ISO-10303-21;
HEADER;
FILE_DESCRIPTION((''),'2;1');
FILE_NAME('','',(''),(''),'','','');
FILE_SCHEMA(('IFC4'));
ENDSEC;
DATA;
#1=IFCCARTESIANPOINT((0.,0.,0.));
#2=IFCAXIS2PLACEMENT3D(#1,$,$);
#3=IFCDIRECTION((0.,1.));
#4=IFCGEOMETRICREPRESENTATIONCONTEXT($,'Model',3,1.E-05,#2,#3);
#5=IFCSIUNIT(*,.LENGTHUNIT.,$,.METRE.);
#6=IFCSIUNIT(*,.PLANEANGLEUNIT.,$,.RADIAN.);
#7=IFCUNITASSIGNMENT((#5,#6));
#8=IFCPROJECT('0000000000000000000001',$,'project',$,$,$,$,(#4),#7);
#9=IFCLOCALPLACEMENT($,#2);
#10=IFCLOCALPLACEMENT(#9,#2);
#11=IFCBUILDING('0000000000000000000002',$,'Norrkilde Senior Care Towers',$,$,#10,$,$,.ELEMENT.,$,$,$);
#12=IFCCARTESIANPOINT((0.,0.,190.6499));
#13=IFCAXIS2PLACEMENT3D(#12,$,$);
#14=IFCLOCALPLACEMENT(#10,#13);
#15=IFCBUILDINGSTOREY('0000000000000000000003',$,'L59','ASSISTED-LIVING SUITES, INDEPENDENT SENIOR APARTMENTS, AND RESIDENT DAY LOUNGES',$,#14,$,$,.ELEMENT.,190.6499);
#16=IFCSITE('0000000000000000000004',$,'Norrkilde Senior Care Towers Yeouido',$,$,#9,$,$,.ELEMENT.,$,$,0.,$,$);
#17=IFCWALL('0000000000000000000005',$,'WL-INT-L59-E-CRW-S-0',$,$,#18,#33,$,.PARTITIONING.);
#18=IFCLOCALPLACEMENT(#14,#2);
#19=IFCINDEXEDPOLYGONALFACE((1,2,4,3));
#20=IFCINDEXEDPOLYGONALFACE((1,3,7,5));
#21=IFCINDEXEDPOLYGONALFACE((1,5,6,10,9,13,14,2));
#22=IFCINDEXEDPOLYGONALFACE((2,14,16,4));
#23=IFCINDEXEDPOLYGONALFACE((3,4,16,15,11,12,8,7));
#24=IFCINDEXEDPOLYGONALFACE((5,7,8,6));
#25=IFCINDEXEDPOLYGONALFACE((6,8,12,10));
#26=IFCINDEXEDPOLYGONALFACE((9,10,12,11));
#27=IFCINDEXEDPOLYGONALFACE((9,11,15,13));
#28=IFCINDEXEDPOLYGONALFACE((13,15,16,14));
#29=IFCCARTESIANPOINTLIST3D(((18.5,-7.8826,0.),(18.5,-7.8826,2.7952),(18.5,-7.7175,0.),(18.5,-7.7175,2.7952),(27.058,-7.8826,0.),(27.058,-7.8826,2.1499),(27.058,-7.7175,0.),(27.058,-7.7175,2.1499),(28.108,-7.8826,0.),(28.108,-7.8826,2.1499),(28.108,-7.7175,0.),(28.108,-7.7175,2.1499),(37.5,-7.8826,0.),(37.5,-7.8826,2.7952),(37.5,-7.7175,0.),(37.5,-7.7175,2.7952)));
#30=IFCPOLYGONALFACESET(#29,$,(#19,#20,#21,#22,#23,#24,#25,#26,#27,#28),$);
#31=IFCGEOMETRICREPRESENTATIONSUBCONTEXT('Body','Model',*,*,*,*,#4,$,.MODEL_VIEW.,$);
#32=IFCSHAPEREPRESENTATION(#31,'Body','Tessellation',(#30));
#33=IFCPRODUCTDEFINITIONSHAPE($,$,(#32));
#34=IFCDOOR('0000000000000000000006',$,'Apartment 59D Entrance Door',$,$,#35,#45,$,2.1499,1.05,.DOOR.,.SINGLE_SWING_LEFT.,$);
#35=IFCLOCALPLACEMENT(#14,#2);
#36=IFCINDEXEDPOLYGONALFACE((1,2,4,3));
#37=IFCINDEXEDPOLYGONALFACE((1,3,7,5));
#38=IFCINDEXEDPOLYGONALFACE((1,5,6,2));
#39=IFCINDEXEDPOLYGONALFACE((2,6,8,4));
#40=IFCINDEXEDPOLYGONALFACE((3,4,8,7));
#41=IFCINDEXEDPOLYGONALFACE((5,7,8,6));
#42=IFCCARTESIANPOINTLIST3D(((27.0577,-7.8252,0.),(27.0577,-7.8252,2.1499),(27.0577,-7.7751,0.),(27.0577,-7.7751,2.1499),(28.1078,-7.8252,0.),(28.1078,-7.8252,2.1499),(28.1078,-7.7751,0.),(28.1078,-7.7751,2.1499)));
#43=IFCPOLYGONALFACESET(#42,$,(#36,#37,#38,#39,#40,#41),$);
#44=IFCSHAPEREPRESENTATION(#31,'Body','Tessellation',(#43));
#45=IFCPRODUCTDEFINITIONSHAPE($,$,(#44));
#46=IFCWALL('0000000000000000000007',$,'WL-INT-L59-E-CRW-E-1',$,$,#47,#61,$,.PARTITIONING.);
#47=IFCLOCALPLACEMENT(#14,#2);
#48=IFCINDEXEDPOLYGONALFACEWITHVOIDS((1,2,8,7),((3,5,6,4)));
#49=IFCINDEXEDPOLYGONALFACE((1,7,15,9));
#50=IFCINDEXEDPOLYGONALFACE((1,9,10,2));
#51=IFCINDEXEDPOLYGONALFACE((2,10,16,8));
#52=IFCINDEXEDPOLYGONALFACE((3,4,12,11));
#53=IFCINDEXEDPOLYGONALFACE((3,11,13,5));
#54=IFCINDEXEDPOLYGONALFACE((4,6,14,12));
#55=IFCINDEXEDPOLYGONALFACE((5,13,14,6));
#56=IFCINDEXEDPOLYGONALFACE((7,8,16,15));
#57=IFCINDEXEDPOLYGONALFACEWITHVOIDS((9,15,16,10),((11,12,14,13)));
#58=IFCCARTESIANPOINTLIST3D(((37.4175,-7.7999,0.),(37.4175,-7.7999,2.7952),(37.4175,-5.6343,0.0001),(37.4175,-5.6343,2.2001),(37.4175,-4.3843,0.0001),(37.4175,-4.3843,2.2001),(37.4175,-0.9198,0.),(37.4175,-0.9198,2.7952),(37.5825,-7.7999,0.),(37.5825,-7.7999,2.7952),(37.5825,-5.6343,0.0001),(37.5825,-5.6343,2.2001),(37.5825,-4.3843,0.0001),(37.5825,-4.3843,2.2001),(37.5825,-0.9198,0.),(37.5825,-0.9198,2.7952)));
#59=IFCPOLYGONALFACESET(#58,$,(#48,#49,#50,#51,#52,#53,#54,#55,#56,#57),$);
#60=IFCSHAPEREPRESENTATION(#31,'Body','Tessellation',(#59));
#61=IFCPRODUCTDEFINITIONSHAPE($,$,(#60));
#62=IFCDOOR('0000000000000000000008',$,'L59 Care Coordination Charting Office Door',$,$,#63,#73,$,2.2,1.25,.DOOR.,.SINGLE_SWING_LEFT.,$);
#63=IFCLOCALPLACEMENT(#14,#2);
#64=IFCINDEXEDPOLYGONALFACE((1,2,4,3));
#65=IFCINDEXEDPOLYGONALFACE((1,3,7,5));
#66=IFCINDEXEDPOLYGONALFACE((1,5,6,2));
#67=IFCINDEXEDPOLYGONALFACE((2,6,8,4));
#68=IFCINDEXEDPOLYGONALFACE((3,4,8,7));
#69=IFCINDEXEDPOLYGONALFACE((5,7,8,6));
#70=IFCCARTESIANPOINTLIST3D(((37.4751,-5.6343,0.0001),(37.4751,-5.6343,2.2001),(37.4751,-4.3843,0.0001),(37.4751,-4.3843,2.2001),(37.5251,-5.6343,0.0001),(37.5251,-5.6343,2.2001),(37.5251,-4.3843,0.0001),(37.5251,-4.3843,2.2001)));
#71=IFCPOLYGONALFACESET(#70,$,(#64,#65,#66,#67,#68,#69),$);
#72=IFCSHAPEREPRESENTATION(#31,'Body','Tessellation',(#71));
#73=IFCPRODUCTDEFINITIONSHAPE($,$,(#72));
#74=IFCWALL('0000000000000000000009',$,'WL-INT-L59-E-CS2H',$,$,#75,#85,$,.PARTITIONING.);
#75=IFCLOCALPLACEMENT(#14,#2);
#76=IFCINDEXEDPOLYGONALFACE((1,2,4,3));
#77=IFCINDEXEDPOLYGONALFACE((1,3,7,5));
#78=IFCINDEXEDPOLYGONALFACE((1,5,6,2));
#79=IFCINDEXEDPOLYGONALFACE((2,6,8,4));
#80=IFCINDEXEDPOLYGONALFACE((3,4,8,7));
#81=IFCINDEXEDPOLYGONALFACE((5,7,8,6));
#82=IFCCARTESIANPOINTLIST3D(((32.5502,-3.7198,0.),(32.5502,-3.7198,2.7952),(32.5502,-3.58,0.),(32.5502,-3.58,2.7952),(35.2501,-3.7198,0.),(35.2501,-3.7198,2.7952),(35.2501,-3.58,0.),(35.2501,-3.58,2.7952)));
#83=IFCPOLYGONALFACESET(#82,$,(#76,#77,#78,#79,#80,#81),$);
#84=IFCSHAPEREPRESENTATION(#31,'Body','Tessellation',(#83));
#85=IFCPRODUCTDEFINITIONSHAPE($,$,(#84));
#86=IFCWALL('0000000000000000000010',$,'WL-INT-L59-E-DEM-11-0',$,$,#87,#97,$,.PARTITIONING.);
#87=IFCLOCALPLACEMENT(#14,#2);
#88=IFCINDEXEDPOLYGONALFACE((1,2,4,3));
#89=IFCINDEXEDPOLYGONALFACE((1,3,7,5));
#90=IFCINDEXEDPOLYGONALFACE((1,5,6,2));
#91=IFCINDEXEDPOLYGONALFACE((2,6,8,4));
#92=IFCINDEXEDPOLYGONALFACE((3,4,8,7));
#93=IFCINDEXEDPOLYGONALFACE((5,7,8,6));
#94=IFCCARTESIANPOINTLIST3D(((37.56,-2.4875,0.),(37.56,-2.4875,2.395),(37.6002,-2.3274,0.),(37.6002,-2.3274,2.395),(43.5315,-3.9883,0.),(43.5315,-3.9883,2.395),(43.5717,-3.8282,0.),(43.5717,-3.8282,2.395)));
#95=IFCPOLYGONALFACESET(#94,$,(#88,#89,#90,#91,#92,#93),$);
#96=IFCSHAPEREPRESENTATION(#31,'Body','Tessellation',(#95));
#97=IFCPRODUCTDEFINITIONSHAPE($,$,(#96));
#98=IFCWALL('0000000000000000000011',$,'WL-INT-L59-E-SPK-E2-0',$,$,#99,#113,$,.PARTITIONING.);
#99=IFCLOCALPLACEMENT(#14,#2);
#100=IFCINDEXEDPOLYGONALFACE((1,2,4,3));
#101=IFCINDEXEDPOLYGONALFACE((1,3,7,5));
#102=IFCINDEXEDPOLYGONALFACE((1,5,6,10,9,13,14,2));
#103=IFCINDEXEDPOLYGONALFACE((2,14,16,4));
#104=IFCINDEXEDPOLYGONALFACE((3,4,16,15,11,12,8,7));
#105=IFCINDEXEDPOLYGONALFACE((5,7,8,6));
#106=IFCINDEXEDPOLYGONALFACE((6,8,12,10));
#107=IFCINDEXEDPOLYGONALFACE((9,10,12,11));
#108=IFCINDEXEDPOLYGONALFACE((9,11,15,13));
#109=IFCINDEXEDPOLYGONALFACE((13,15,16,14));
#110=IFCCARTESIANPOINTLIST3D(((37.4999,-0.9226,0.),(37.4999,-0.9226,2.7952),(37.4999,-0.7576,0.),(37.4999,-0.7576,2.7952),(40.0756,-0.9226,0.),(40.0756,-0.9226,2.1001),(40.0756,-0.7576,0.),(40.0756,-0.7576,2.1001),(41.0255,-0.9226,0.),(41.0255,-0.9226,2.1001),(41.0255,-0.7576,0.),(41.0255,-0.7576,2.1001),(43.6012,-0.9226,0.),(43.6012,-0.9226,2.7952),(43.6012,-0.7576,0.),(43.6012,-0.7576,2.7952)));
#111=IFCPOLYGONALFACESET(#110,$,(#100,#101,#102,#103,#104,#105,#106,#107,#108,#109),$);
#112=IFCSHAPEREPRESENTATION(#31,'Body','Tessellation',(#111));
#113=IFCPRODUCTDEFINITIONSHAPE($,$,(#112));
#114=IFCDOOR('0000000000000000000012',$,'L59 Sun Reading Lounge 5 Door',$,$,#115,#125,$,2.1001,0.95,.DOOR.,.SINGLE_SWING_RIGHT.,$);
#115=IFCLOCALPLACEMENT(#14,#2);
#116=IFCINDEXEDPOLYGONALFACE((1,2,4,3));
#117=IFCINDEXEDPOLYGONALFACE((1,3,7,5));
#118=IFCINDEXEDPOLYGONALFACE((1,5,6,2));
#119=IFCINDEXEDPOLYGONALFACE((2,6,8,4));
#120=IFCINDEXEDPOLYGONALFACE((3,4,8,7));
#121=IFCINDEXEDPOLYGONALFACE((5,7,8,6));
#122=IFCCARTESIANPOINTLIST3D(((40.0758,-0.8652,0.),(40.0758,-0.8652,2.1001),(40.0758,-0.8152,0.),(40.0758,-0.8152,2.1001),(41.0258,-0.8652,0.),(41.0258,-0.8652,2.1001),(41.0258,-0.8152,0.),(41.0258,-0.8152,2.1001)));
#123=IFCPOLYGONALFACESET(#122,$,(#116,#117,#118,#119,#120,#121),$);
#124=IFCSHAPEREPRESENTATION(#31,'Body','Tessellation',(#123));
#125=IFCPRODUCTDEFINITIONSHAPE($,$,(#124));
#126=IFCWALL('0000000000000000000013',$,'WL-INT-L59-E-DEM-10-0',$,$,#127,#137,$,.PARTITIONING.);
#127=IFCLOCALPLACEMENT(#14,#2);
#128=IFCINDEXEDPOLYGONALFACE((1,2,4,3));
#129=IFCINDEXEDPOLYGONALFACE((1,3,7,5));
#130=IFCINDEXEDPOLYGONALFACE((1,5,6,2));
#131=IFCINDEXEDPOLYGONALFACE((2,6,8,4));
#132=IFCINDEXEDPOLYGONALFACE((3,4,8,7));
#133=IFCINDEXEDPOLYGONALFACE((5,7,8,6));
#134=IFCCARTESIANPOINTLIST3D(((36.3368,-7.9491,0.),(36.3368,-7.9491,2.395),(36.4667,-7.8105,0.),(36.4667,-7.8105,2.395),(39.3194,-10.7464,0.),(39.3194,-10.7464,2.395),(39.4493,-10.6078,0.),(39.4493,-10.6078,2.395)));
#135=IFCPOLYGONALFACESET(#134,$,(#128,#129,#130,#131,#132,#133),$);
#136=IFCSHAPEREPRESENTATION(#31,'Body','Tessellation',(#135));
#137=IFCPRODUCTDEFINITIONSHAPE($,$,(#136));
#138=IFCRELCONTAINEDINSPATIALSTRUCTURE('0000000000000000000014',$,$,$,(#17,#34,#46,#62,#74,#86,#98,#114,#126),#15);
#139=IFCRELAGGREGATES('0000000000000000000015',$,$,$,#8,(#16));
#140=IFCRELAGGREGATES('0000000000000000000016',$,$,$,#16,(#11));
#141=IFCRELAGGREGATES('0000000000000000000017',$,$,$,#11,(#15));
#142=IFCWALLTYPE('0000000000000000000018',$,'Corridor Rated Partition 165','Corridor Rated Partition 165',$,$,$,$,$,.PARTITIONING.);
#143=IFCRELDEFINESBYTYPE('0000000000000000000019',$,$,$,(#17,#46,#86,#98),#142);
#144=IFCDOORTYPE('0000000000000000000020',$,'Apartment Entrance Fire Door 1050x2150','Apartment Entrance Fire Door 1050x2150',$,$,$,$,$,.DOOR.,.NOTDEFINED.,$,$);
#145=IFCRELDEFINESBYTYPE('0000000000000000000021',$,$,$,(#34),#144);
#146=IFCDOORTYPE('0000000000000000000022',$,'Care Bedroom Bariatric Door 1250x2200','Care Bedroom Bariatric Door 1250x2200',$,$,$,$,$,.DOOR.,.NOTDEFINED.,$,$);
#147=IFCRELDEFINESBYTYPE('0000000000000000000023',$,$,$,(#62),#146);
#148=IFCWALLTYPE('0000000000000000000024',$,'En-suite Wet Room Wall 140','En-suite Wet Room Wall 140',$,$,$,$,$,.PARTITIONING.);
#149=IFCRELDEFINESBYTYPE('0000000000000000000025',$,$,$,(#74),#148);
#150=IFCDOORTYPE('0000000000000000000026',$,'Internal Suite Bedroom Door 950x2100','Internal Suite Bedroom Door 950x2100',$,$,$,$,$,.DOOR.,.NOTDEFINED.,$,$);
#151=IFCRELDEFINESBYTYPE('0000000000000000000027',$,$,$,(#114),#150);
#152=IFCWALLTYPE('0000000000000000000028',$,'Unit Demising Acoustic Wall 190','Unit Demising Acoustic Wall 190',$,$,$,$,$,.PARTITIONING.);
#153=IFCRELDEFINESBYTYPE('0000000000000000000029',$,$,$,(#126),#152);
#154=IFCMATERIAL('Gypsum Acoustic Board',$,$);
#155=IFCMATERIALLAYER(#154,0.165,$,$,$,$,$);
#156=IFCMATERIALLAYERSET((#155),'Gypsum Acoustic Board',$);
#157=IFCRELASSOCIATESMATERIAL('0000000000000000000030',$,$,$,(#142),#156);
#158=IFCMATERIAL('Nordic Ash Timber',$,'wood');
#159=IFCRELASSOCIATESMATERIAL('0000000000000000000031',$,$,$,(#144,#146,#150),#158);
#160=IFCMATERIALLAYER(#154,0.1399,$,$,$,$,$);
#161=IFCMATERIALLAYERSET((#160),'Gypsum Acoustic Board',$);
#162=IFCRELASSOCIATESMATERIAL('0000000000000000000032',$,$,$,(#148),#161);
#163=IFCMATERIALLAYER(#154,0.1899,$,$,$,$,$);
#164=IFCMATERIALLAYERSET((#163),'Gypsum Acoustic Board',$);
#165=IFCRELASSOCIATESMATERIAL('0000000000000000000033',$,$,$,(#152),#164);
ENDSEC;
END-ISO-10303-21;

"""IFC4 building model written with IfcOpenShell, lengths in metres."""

from ifc_helpers import new_model, si_unit, direction, frame, frame_2d, origin, place, context, subcontext, project, spatial, rectangle, extrude, source, transform, mapped, material, layer, layer_set, type_object, type_shapes, element, fill, save


model = new_model("IFC4")

# Units and contexts
model_context = context("Model", 3, precision=1e-05, world=origin(), true_north=direction((0.0, 1.0)))
body_context = subcontext(model_context, "Body", "Model", "MODEL_VIEW")
ifc_project = project(units=[si_unit("LENGTHUNIT", "METRE"), si_unit("PLANEANGLEUNIT", "RADIAN")], contexts=[model_context])

# Site, building, storey
site_placement = place(None, origin())
site = spatial("IfcSite", under=ifc_project, at=site_placement, Name="Norrkilde Senior Care Towers Yeouido", CompositionType="ELEMENT", RefElevation=0.0)
building_placement = place(site_placement, origin())
building = spatial("IfcBuilding", under=site, at=building_placement, Name="Norrkilde Senior Care Towers", CompositionType="ELEMENT")
storey_placement = place(building_placement, frame((0.0, 0.0, 190.6499)))
storey = spatial("IfcBuildingStorey", under=building, at=storey_placement, Name="L59", Description="ASSISTED-LIVING SUITES, INDEPENDENT SENIOR APARTMENTS, AND RESIDENT DAY LOUNGES", CompositionType="ELEMENT", Elevation=190.6499)

# Walls, openings, doors
ifc_material_1 = material(Name="Gypsum Acoustic Board")
ifc_layer_1 = layer(ifc_material_1, 0.165)
ifc_layer_set_1 = layer_set([ifc_layer_1], Name="Gypsum Acoustic Board")
wall_type_1 = type_object("IfcWallType", Name="Corridor Rated Partition 165", Description="Corridor Rated Partition 165", PredefinedType="PARTITIONING", material=ifc_layer_set_1)
shared_shape_1 = source(origin(), body_context, "Body", "SweptSolid", [
    extrude(rectangle(XDim=19.0, YDim=0.165, at=frame_2d((9.5, 0.0))), origin(), (0.0, 0.0, 1.0), 2.7952),
])
wall_1_placement = place(storey_placement, frame((37.5, -7.8, 0.0), z_axis=(0.0, 0.0, 1.0), x_axis=(-1.0, 0.0, 0.0)))
wall_1 = element("IfcWall", 1, at=wall_1_placement, inside=storey, type_object=wall_type_1, Name="WL-INT-L59-E-CRW-S-0", PredefinedType="PARTITIONING", context=body_context, shape_type="MappedRepresentation", body=[
    mapped(shared_shape_1, transform((0.0, 0.0, 0.0), x_axis=(1.0, 0.0, 0.0), y_axis=(0.0, 1.0, 0.0), z_axis=(0.0, 0.0, 1.0), scale=1.0)),
])
opening_1_placement = place(wall_1_placement, frame((9.3921, 0.0, 0.0)))
opening_1 = element("IfcOpeningElement", 2, at=opening_1_placement, cuts=wall_1, PredefinedType="OPENING", context=body_context, shape_type="SweptSolid", body=[
    extrude(rectangle(XDim=1.05, YDim=2.1499, at=frame_2d((0.5249, 1.075))), frame((0.0, 0.0925, 0.0), z_axis=(0.0, -1.0, 0.0), x_axis=(1.0, 0.0, 0.0)), (0.0, 0.0, 1.0), 0.1851),
])
ifc_material_2 = material(Name="Nordic Ash Timber", Category="wood")
door_type_1 = type_object("IfcDoorType", Name="Apartment Entrance Fire Door 1050x2150", Description="Apartment Entrance Fire Door 1050x2150", OperationType="NOTDEFINED", PredefinedType="DOOR", material=ifc_material_2)
shared_shape_2 = source(origin(), body_context, "Body", "SweptSolid", [
    extrude(rectangle(XDim=1.05, YDim=2.1499, at=frame_2d((0.5249, 1.075))), frame((0.0, 0.0249, 0.0), z_axis=(0.0, -1.0, 0.0), x_axis=(1.0, 0.0, 0.0)), (0.0, 0.0, 1.0), 0.05),
])
type_shapes(door_type_1, [shared_shape_2])
door_1_placement = place(opening_1_placement, frame((1.05, 0.0, 0.0), z_axis=(0.0, 0.0, 1.0), x_axis=(-1.0, 0.0, 0.0)))
door_1 = element("IfcDoor", 3, at=door_1_placement, inside=storey, type_object=door_type_1, Name="Apartment 59D Entrance Door", OperationType="SINGLE_SWING_LEFT", OverallHeight=2.1499, OverallWidth=1.05, PredefinedType="DOOR", context=body_context, shape_type="MappedRepresentation", body=[
    mapped(shared_shape_2, transform((0.0, 0.0, 0.0), x_axis=(1.0, 0.0, 0.0), y_axis=(0.0, 1.0, 0.0), z_axis=(0.0, 0.0, 1.0), scale=1.0)),
])
fill(opening_1, door_1)
shared_shape_3 = source(origin(), body_context, "Body", "SweptSolid", [
    extrude(rectangle(XDim=6.8801, YDim=0.165, at=frame_2d((3.4399, 0.0))), origin(), (0.0, 0.0, 1.0), 2.7952),
])
wall_2_placement = place(storey_placement, frame((37.5, -0.9199, 0.0), z_axis=(0.0, 0.0, 1.0), x_axis=(0.0, -1.0, 0.0)))
wall_2 = element("IfcWall", 4, at=wall_2_placement, inside=storey, type_object=wall_type_1, Name="WL-INT-L59-E-CRW-E-1", PredefinedType="PARTITIONING", context=body_context, shape_type="MappedRepresentation", body=[
    mapped(shared_shape_3, transform((0.0, 0.0, 0.0), x_axis=(1.0, 0.0, 0.0), y_axis=(0.0, 1.0, 0.0), z_axis=(0.0, 0.0, 1.0), scale=1.0)),
])
opening_2_placement = place(wall_2_placement, frame((3.4644, 0.0, 0.0)))
opening_2 = element("IfcOpeningElement", 5, at=opening_2_placement, cuts=wall_2, PredefinedType="OPENING", context=body_context, shape_type="SweptSolid", body=[
    extrude(rectangle(XDim=1.25, YDim=2.2, at=frame_2d((0.625, 1.1001))), frame((0.0, 0.0925, 0.0), z_axis=(0.0, -1.0, 0.0), x_axis=(1.0, 0.0, 0.0)), (0.0, 0.0, 1.0), 0.1851),
])
door_type_2 = type_object("IfcDoorType", Name="Care Bedroom Bariatric Door 1250x2200", Description="Care Bedroom Bariatric Door 1250x2200", OperationType="NOTDEFINED", PredefinedType="DOOR", material=ifc_material_2)
shared_shape_4 = source(origin(), body_context, "Body", "SweptSolid", [
    extrude(rectangle(XDim=1.25, YDim=2.2, at=frame_2d((0.625, 1.1001))), frame((0.0, 0.0249, 0.0), z_axis=(0.0, -1.0, 0.0), x_axis=(1.0, 0.0, 0.0)), (0.0, 0.0, 1.0), 0.05),
])
type_shapes(door_type_2, [shared_shape_4])
door_2_placement = place(opening_2_placement, frame((1.25, 0.0, 0.0), z_axis=(0.0, 0.0, 1.0), x_axis=(-1.0, 0.0, 0.0)))
door_2 = element("IfcDoor", 6, at=door_2_placement, inside=storey, type_object=door_type_2, Name="L59 Care Coordination Charting Office Door", OperationType="SINGLE_SWING_LEFT", OverallHeight=2.2, OverallWidth=1.25, PredefinedType="DOOR", context=body_context, shape_type="MappedRepresentation", body=[
    mapped(shared_shape_4, transform((0.0, 0.0, 0.0), x_axis=(1.0, 0.0, 0.0), y_axis=(0.0, 1.0, 0.0), z_axis=(0.0, 0.0, 1.0), scale=1.0)),
])
fill(opening_2, door_2)

# Walls
ifc_layer_2 = layer(ifc_material_1, 0.1399)
ifc_layer_set_2 = layer_set([ifc_layer_2], Name="Gypsum Acoustic Board")
wall_type_2 = type_object("IfcWallType", Name="En-suite Wet Room Wall 140", Description="En-suite Wet Room Wall 140", PredefinedType="PARTITIONING", material=ifc_layer_set_2)
shared_shape_5 = source(origin(), body_context, "Body", "SweptSolid", [
    extrude(rectangle(XDim=2.7, YDim=0.1399, at=frame_2d((1.3501, 0.0))), origin(), (0.0, 0.0, 1.0), 2.7952),
])
type_shapes(wall_type_2, [shared_shape_5])
wall_3_placement = place(storey_placement, frame((32.55, -3.6499, 0.0), z_axis=(0.0, 0.0, 1.0), x_axis=(1.0, 0.0, 0.0)))
element("IfcWall", 7, at=wall_3_placement, inside=storey, type_object=wall_type_2, Name="WL-INT-L59-E-CS2H", PredefinedType="PARTITIONING", context=body_context, shape_type="MappedRepresentation", body=[
    mapped(shared_shape_5, transform((0.0, 0.0, 0.0), x_axis=(1.0, 0.0, 0.0), y_axis=(0.0, 1.0, 0.0), z_axis=(0.0, 0.0, 1.0), scale=1.0)),
])
shared_shape_6 = source(origin(), body_context, "Body", "SweptSolid", [
    extrude(rectangle(XDim=6.1572, YDim=0.165, at=frame_2d((3.0786, 0.0))), origin(), (0.0, 0.0, 1.0), 2.395),
])
wall_4_placement = place(storey_placement, frame((37.5801, -2.4075, 0.0), z_axis=(0.0, 0.0, 1.0), x_axis=(0.969841, -0.243739, 0.0)))
element("IfcWall", 8, at=wall_4_placement, inside=storey, type_object=wall_type_1, Name="WL-INT-L59-E-DEM-11-0", PredefinedType="PARTITIONING", context=body_context, shape_type="MappedRepresentation", body=[
    mapped(shared_shape_6, transform((0.0, 0.0, 0.0), x_axis=(1.0, 0.0, 0.0), y_axis=(0.0, 1.0, 0.0), z_axis=(0.0, 0.0, 1.0), scale=1.0)),
])

# Wall, opening, door
shared_shape_7 = source(origin(), body_context, "Body", "SweptSolid", [
    extrude(rectangle(XDim=6.1013, YDim=0.165, at=frame_2d((3.0508, 0.0))), origin(), (0.0, 0.0, 1.0), 2.7952),
])
wall_5_placement = place(storey_placement, frame((43.6013, -0.8401, 0.0), z_axis=(0.0, 0.0, 1.0), x_axis=(-1.0, 0.0, 0.0)))
wall_5 = element("IfcWall", 9, at=wall_5_placement, inside=storey, type_object=wall_type_1, Name="WL-INT-L59-E-SPK-E2-0", PredefinedType="PARTITIONING", context=body_context, shape_type="MappedRepresentation", body=[
    mapped(shared_shape_7, transform((0.0, 0.0, 0.0), x_axis=(1.0, 0.0, 0.0), y_axis=(0.0, 1.0, 0.0), z_axis=(0.0, 0.0, 1.0), scale=1.0)),
])
opening_3_placement = place(wall_5_placement, frame((2.5757, 0.0, 0.0)))
opening_3 = element("IfcOpeningElement", 10, at=opening_3_placement, cuts=wall_5, PredefinedType="OPENING", context=body_context, shape_type="SweptSolid", body=[
    extrude(rectangle(XDim=0.95, YDim=2.1001, at=frame_2d((0.4751, 1.05))), frame((0.0, 0.0925, 0.0), z_axis=(0.0, -1.0, 0.0), x_axis=(1.0, 0.0, 0.0)), (0.0, 0.0, 1.0), 0.1851),
])
door_type_3 = type_object("IfcDoorType", Name="Internal Suite Bedroom Door 950x2100", Description="Internal Suite Bedroom Door 950x2100", OperationType="NOTDEFINED", PredefinedType="DOOR", material=ifc_material_2)
shared_shape_8 = source(origin(), body_context, "Body", "SweptSolid", [
    extrude(rectangle(XDim=0.95, YDim=2.1001, at=frame_2d((0.4751, 1.05))), frame((0.0, 0.0249, 0.0), z_axis=(0.0, -1.0, 0.0), x_axis=(1.0, 0.0, 0.0)), (0.0, 0.0, 1.0), 0.05),
])
type_shapes(door_type_3, [shared_shape_8])
door_3_placement = place(opening_3_placement, frame((0.95, 0.0, 0.0), z_axis=(0.0, 0.0, 1.0), x_axis=(-1.0, 0.0, 0.0)))
door_3 = element("IfcDoor", 11, at=door_3_placement, inside=storey, type_object=door_type_3, Name="L59 Sun Reading Lounge 5 Door", OperationType="SINGLE_SWING_RIGHT", OverallHeight=2.1001, OverallWidth=0.95, PredefinedType="DOOR", context=body_context, shape_type="MappedRepresentation", body=[
    mapped(shared_shape_8, transform((0.0, 0.0, 0.0), x_axis=(1.0, 0.0, 0.0), y_axis=(0.0, 1.0, 0.0), z_axis=(0.0, 0.0, 1.0), scale=1.0)),
])
fill(opening_3, door_3)

# Wall
ifc_layer_3 = layer(ifc_material_1, 0.1899)
ifc_layer_set_3 = layer_set([ifc_layer_3], Name="Gypsum Acoustic Board")
wall_type_3 = type_object("IfcWallType", Name="Unit Demising Acoustic Wall 190", Description="Unit Demising Acoustic Wall 190", PredefinedType="PARTITIONING", material=ifc_layer_set_3)
shared_shape_9 = source(origin(), body_context, "Body", "SweptSolid", [
    extrude(rectangle(XDim=4.0891, YDim=0.1899, at=frame_2d((2.0444, 0.0))), origin(), (0.0, 0.0, 1.0), 2.395),
])
type_shapes(wall_type_3, [shared_shape_9])
wall_6_placement = place(storey_placement, frame((36.4019, -7.8799, 0.0), z_axis=(0.0, 0.0, 1.0), x_axis=(0.729401, -0.684086, 0.0)))
element("IfcWall", 12, at=wall_6_placement, inside=storey, type_object=wall_type_3, Name="WL-INT-L59-E-DEM-10-0", PredefinedType="PARTITIONING", context=body_context, shape_type="MappedRepresentation", body=[
    mapped(shared_shape_9, transform((0.0, 0.0, 0.0), x_axis=(1.0, 0.0, 0.0), y_axis=(0.0, 1.0, 0.0), z_axis=(0.0, 0.0, 1.0), scale=1.0)),
])

save(model, "model.ifc")
